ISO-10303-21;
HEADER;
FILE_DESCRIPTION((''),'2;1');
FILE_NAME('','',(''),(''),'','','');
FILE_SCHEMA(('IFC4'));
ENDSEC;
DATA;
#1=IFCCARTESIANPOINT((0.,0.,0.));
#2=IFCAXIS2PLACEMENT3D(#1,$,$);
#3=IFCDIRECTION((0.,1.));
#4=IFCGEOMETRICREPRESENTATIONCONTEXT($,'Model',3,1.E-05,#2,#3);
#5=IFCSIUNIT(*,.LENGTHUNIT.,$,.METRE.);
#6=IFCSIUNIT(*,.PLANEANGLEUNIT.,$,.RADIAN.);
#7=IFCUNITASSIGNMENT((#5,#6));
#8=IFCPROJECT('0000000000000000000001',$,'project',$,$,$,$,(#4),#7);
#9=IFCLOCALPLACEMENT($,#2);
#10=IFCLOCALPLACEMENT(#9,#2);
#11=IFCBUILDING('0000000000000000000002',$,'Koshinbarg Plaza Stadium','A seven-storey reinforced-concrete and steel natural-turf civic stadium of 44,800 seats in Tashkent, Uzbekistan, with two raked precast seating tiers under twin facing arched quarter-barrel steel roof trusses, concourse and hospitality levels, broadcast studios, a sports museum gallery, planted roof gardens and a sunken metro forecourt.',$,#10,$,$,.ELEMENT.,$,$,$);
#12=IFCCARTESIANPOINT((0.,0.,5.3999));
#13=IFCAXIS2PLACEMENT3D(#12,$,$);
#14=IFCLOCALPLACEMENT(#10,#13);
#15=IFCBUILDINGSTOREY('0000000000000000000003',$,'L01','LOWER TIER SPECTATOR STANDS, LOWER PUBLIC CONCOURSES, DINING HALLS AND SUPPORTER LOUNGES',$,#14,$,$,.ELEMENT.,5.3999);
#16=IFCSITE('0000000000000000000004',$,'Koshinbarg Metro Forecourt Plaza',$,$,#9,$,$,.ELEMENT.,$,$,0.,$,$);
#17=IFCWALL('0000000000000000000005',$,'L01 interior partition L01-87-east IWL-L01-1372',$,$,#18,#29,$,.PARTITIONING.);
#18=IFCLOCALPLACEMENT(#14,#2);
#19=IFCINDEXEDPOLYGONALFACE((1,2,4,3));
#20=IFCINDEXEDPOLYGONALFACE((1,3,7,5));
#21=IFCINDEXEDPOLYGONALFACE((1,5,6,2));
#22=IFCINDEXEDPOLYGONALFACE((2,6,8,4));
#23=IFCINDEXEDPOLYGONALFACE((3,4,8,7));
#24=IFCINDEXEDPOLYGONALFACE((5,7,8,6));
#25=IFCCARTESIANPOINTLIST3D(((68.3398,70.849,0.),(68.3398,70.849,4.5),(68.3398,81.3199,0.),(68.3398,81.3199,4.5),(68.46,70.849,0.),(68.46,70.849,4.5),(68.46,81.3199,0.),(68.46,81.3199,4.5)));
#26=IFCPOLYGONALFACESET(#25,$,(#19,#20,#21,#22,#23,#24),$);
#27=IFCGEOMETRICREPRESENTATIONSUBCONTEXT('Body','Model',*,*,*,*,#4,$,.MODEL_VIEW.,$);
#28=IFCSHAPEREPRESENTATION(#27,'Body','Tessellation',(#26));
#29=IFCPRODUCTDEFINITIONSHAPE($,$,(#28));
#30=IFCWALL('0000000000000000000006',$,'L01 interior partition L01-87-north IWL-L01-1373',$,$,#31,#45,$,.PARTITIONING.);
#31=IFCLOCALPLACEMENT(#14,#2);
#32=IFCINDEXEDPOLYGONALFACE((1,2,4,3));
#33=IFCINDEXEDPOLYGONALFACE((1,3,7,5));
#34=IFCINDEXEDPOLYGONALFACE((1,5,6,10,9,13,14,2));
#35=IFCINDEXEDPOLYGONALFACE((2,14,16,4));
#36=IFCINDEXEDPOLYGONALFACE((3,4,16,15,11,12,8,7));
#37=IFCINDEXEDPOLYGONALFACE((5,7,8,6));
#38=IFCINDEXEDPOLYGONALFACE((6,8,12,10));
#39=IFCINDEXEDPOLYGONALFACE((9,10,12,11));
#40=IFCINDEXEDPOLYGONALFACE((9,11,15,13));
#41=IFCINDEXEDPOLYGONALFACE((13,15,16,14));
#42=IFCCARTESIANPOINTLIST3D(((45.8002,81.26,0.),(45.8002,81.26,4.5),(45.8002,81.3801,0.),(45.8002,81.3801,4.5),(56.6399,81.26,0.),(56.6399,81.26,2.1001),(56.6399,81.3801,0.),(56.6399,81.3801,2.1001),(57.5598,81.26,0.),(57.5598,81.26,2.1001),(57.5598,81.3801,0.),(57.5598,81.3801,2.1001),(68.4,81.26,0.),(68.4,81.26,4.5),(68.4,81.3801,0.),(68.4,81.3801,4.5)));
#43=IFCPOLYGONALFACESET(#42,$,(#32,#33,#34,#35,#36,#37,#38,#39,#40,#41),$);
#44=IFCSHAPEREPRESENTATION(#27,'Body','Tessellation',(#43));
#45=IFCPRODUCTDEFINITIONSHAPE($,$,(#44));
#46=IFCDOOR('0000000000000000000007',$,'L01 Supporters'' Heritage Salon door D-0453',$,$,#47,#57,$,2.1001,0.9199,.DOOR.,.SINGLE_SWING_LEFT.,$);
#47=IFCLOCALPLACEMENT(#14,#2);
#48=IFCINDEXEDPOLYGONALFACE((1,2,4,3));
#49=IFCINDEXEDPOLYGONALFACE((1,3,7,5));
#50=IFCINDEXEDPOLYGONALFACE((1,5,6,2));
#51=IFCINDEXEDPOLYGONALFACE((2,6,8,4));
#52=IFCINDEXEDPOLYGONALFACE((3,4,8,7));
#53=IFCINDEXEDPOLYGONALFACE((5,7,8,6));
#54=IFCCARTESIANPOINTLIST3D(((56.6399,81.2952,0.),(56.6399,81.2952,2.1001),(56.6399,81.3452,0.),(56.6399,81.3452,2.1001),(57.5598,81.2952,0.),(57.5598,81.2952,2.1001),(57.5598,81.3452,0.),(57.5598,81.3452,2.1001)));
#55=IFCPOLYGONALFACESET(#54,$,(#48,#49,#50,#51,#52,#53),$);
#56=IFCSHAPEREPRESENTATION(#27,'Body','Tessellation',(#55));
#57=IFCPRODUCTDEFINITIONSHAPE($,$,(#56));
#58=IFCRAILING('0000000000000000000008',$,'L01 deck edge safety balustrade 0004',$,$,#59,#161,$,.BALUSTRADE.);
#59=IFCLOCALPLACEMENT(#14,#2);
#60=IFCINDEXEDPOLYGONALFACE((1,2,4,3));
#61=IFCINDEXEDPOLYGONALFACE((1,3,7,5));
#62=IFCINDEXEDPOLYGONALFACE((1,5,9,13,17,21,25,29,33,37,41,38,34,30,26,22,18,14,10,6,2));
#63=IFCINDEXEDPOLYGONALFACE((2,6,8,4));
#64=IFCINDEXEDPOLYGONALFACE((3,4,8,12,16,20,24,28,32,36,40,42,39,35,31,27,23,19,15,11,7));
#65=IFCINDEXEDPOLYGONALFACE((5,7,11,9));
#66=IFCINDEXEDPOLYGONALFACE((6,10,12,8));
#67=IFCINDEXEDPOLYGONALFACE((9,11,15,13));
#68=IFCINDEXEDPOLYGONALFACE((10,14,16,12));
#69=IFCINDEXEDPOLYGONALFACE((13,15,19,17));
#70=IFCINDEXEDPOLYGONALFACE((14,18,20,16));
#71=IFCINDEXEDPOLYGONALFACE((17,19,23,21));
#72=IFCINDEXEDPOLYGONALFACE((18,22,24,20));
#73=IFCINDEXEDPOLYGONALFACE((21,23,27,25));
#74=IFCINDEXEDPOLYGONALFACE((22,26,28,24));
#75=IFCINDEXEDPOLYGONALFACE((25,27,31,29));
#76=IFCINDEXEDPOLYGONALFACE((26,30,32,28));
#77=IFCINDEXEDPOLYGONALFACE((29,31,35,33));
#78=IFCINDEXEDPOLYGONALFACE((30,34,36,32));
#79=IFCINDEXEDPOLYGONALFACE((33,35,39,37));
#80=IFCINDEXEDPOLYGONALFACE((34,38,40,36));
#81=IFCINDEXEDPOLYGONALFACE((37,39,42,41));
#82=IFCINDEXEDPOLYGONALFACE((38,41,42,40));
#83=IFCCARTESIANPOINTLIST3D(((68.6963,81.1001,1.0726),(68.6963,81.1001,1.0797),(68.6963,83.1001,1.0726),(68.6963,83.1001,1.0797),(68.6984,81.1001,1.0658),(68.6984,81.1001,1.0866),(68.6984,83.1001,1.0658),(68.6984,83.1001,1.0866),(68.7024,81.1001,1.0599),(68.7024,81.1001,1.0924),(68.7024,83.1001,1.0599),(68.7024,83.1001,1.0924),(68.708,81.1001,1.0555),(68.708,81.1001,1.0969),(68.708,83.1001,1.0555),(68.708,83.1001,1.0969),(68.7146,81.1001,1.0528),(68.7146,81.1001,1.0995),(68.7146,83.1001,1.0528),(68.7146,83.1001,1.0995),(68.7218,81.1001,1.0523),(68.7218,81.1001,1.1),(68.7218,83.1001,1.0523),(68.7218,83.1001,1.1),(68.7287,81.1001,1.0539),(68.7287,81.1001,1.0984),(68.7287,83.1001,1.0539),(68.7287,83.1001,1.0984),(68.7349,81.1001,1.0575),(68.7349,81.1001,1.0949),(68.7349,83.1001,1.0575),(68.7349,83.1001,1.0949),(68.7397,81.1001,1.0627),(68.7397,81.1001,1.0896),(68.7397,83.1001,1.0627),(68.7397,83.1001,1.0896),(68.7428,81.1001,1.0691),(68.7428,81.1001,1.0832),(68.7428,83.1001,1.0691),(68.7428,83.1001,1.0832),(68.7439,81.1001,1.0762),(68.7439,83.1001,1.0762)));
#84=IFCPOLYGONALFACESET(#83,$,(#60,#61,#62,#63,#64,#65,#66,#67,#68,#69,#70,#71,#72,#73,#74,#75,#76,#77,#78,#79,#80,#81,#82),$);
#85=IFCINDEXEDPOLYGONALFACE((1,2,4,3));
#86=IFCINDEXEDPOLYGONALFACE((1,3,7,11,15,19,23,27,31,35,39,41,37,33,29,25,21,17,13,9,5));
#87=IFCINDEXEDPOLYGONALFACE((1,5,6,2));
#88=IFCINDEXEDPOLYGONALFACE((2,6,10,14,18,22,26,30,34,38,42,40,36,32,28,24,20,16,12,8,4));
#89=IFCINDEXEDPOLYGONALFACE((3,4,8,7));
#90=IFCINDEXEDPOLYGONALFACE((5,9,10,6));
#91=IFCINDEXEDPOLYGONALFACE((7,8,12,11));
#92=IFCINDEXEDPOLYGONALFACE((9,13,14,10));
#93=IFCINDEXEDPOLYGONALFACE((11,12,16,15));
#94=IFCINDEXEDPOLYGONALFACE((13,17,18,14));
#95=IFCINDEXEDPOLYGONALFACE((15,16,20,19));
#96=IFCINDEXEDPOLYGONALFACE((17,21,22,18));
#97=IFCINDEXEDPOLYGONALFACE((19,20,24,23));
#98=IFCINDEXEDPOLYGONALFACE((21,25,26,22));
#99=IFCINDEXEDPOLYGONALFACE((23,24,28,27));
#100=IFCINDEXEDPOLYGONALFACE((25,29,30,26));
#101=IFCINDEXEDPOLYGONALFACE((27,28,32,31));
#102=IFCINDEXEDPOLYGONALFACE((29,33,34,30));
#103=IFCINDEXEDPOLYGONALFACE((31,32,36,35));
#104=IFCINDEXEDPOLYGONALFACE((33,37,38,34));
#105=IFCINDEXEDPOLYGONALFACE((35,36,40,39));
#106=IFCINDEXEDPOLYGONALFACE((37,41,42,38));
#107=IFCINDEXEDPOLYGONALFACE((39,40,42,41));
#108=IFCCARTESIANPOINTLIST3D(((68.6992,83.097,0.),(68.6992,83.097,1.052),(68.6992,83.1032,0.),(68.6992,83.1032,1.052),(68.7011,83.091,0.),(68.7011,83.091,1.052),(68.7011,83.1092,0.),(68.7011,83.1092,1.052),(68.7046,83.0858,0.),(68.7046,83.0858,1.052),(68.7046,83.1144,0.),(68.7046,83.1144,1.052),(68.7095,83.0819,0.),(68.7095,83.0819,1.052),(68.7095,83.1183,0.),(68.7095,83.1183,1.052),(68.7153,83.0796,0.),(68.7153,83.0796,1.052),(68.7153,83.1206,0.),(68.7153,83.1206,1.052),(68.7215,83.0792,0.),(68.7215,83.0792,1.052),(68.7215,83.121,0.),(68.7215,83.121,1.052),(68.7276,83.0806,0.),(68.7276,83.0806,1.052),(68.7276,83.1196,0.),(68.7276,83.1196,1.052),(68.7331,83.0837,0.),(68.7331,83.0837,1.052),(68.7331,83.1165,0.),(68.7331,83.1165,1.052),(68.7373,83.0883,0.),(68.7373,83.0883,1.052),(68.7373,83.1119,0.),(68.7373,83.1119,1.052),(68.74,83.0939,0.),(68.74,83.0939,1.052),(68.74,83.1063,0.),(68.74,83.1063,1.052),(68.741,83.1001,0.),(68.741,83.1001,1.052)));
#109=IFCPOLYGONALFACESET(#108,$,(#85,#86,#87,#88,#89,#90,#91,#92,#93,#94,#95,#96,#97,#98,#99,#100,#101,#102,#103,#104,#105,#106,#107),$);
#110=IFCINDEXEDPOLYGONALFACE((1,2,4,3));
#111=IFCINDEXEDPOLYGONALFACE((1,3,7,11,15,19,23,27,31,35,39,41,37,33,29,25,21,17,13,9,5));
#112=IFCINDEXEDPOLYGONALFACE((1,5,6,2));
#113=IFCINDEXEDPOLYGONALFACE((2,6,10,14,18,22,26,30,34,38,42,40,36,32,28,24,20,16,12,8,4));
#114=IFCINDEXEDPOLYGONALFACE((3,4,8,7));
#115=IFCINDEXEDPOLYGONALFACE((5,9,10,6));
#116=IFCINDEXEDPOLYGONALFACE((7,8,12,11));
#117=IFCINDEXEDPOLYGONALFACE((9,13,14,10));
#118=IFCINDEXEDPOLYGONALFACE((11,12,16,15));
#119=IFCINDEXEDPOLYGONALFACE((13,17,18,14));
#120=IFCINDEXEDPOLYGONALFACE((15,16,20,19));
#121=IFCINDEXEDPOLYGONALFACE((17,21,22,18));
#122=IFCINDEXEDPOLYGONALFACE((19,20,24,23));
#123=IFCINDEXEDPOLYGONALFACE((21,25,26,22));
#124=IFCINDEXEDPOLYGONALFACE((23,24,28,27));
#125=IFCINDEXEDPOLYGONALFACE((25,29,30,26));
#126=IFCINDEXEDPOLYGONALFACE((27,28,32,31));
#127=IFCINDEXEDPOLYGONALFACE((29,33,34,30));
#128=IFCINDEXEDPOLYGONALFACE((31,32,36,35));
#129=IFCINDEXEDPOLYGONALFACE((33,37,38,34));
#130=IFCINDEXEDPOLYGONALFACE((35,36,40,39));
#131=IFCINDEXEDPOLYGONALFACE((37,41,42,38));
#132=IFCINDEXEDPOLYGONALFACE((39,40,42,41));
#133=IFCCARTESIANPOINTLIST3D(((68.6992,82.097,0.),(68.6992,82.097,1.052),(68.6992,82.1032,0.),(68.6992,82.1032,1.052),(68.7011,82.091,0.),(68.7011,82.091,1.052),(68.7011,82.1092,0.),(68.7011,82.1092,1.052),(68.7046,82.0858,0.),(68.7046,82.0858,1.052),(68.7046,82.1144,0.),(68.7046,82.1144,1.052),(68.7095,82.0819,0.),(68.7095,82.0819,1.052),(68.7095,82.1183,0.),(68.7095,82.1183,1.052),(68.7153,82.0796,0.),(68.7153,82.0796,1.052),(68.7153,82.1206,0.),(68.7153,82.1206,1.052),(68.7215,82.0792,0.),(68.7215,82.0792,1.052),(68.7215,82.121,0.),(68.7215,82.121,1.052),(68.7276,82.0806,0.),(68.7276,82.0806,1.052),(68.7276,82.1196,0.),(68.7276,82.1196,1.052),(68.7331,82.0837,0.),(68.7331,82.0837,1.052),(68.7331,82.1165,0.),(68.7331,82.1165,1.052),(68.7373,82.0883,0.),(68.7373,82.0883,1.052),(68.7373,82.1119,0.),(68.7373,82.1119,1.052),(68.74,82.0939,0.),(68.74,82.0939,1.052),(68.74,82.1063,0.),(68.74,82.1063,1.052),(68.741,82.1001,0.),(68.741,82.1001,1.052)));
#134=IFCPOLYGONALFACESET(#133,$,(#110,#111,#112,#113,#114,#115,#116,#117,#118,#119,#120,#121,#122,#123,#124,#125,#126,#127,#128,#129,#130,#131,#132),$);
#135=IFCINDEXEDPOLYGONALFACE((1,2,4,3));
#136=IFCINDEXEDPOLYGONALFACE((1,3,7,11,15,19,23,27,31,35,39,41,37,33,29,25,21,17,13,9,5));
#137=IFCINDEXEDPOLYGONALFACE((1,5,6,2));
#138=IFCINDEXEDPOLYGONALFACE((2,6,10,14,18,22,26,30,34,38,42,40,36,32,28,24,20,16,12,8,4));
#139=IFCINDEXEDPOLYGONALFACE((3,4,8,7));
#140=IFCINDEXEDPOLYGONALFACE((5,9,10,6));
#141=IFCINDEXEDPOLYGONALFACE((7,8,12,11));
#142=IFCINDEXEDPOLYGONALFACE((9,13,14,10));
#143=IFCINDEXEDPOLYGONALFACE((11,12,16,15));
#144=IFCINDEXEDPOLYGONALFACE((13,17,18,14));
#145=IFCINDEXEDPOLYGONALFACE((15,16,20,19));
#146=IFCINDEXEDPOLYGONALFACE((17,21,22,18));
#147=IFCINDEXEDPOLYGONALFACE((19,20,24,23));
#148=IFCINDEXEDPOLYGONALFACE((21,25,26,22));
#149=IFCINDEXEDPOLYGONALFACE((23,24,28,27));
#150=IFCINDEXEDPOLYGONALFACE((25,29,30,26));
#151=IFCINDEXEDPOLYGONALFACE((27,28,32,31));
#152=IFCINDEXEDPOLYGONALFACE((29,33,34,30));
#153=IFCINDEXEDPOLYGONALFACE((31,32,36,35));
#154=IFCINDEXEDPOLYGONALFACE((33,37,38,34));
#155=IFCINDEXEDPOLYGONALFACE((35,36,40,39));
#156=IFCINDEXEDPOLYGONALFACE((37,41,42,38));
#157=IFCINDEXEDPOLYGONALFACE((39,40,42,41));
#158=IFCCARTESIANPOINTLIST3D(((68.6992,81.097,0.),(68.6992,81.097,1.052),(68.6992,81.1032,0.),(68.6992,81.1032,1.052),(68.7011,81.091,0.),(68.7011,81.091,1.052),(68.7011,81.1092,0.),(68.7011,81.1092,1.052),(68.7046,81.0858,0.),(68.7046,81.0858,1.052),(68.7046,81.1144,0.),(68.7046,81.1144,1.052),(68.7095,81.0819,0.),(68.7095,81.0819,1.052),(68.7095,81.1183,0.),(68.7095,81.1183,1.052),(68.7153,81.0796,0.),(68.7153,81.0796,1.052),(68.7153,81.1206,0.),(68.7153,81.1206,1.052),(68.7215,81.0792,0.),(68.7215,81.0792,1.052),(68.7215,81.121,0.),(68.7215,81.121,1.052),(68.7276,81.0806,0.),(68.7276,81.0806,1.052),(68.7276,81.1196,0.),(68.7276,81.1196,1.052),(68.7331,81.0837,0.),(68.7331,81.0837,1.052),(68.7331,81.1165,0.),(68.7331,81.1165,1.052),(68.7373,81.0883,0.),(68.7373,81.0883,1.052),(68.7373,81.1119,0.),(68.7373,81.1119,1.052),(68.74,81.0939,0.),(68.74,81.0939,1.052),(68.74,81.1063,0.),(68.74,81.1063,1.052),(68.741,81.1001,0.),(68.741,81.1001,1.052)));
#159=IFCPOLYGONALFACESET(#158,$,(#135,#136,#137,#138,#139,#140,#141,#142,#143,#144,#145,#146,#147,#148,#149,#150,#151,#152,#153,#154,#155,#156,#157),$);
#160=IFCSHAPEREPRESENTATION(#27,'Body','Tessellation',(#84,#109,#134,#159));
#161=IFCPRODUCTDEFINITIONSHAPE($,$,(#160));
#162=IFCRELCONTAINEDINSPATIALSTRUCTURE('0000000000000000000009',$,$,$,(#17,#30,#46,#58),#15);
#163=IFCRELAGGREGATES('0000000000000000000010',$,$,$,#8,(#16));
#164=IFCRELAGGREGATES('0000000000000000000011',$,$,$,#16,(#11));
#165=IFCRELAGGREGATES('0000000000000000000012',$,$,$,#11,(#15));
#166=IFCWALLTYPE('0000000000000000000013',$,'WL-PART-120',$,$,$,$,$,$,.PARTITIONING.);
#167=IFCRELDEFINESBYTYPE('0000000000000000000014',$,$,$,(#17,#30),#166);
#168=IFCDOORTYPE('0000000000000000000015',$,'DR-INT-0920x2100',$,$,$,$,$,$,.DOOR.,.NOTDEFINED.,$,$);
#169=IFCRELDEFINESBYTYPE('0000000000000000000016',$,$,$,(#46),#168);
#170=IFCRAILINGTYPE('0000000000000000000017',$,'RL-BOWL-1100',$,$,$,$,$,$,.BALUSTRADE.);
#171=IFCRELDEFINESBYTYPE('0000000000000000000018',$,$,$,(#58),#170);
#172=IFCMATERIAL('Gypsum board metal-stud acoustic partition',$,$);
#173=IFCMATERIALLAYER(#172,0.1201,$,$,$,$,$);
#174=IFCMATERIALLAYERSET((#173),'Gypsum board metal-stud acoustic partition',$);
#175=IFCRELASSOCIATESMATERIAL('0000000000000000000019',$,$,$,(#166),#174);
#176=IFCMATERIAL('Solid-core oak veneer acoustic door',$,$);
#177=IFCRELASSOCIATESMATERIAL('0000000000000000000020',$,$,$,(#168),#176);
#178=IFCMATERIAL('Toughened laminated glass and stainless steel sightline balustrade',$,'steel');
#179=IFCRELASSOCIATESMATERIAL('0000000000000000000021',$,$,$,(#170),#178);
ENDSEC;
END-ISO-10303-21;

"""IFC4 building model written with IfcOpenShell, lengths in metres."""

from ifc_helpers import new_model, si_unit, direction, frame, frame_2d, origin, origin_2d, place, context, subcontext, project, spatial, rectangle, circle, extrude, material, layer, layer_set, type_object, element, fill, save


model = new_model("IFC4")

# Units and contexts
model_context = context("Model", 3, precision=1e-05, world=origin(), true_north=direction((0.0, 1.0)))
body_context = subcontext(model_context, "Body", "Model", "MODEL_VIEW")
ifc_project = project(units=[si_unit("LENGTHUNIT", "METRE"), si_unit("PLANEANGLEUNIT", "RADIAN")], contexts=[model_context])

# Site, building, storey
site_placement = place(None, origin())
site = spatial("IfcSite", under=ifc_project, at=site_placement, Name="Koshinbarg Metro Forecourt Plaza", CompositionType="ELEMENT", RefElevation=0.0)
building_placement = place(site_placement, origin())
building = spatial("IfcBuilding", under=site, at=building_placement, Name="Koshinbarg Plaza Stadium", Description="A seven-storey reinforced-concrete and steel natural-turf civic stadium of 44,800 seats in Tashkent, Uzbekistan, with two raked precast seating tiers under twin facing arched quarter-barrel steel roof trusses, concourse and hospitality levels, broadcast studios, a sports museum gallery, planted roof gardens and a sunken metro forecourt.", CompositionType="ELEMENT")
storey_placement = place(building_placement, frame((0.0, 0.0, 5.3999)))
storey = spatial("IfcBuildingStorey", under=building, at=storey_placement, Name="L01", Description="LOWER TIER SPECTATOR STANDS, LOWER PUBLIC CONCOURSES, DINING HALLS AND SUPPORTER LOUNGES", CompositionType="ELEMENT", Elevation=5.3999)

# Wall
ifc_material_1 = material(Name="Gypsum board metal-stud acoustic partition")
ifc_layer = layer(ifc_material_1, 0.1201)
ifc_layer_set = layer_set([ifc_layer], Name="Gypsum board metal-stud acoustic partition")
wall_type = type_object("IfcWallType", Name="WL-PART-120", PredefinedType="PARTITIONING", material=ifc_layer_set)
wall_1_placement = place(storey_placement, frame((68.3999, 70.8491, 0.0), z_axis=(0.0, 0.0, 1.0), x_axis=(0.0, 1.0, 0.0)))
element("IfcWall", 1, at=wall_1_placement, inside=storey, type_object=wall_type, Name="L01 interior partition L01-87-east IWL-L01-1372", PredefinedType="PARTITIONING", context=body_context, shape_type="SweptSolid", body=[
    extrude(rectangle(XDim=10.4709, YDim=0.1201, at=frame_2d((5.2354, 0.0))), origin(), (0.0, 0.0, 1.0), 4.5),
])

# Wall, opening, door
wall_2_placement = place(storey_placement, frame((68.3999, 81.3201, 0.0), z_axis=(0.0, 0.0, 1.0), x_axis=(-1.0, 0.0, 0.0)))
wall_2 = element("IfcWall", 2, at=wall_2_placement, inside=storey, type_object=wall_type, Name="L01 interior partition L01-87-north IWL-L01-1373", PredefinedType="PARTITIONING", context=body_context, shape_type="SweptSolid", body=[
    extrude(rectangle(XDim=22.5999, YDim=0.1201, at=frame_2d((11.2998, 0.0))), origin(), (0.0, 0.0, 1.0), 4.5),
])
opening_placement = place(wall_2_placement, frame((10.8401, 0.0, 0.0)))
opening = element("IfcOpeningElement", 3, at=opening_placement, cuts=wall_2, PredefinedType="OPENING", context=body_context, shape_type="SweptSolid", body=[
    extrude(rectangle(XDim=0.9199, YDim=2.1001, at=frame_2d((0.46, 1.05))), frame((0.0, 0.0701, 0.0), z_axis=(0.0, -1.0, 0.0), x_axis=(1.0, 0.0, 0.0)), (0.0, 0.0, 1.0), 0.1401),
])
ifc_material_2 = material(Name="Solid-core oak veneer acoustic door")
door_type = type_object("IfcDoorType", Name="DR-INT-0920x2100", OperationType="NOTDEFINED", PredefinedType="DOOR", material=ifc_material_2)
door_placement = place(opening_placement, origin())
door = element("IfcDoor", 4, at=door_placement, inside=storey, type_object=door_type, Name="L01 Supporters' Heritage Salon door D-0453", OperationType="SINGLE_SWING_LEFT", OverallHeight=2.1001, OverallWidth=0.9199, PredefinedType="DOOR", context=body_context, shape_type="SweptSolid", body=[
    extrude(rectangle(XDim=0.9199, YDim=2.1001, at=frame_2d((0.46, 1.05))), frame((0.0, 0.0249, 0.0), z_axis=(0.0, -1.0, 0.0), x_axis=(1.0, 0.0, 0.0)), (0.0, 0.0, 1.0), 0.05),
])
fill(opening, door)

# Railing
ifc_material_3 = material(Name="Toughened laminated glass and stainless steel sightline balustrade", Category="steel")
railing_type_1 = type_object("IfcRailingType", Name="RL-BOWL-1100", PredefinedType="BALUSTRADE", material=ifc_material_3)
railing_1_placement = place(storey_placement, frame((68.72, 83.1001, 0.0)))
element("IfcRailing", 5, at=railing_1_placement, inside=storey, type_object=railing_type_1, Name="L01 deck edge safety balustrade 0004", PredefinedType="BALUSTRADE", context=body_context, shape_type="SweptSolid", body=[
    extrude(circle(Radius=0.0239, at=origin_2d()), frame((0.0, 0.0, 1.0762), z_axis=(0.0, -1.0, 0.0), x_axis=(1.0, 0.0, 0.0)), (0.0, 0.0, 1.0), 2.0),
    extrude(circle(Radius=0.021, at=origin_2d()), origin(), (0.0, 0.0, 1.0), 1.052),
    extrude(circle(Radius=0.021, at=origin_2d()), frame((0.0, -1.0, 0.0)), (0.0, 0.0, 1.0), 1.052),
    extrude(circle(Radius=0.021, at=origin_2d()), frame((0.0, -2.0, 0.0)), (0.0, 0.0, 1.0), 1.052),
])

save(model, "model.ifc")
